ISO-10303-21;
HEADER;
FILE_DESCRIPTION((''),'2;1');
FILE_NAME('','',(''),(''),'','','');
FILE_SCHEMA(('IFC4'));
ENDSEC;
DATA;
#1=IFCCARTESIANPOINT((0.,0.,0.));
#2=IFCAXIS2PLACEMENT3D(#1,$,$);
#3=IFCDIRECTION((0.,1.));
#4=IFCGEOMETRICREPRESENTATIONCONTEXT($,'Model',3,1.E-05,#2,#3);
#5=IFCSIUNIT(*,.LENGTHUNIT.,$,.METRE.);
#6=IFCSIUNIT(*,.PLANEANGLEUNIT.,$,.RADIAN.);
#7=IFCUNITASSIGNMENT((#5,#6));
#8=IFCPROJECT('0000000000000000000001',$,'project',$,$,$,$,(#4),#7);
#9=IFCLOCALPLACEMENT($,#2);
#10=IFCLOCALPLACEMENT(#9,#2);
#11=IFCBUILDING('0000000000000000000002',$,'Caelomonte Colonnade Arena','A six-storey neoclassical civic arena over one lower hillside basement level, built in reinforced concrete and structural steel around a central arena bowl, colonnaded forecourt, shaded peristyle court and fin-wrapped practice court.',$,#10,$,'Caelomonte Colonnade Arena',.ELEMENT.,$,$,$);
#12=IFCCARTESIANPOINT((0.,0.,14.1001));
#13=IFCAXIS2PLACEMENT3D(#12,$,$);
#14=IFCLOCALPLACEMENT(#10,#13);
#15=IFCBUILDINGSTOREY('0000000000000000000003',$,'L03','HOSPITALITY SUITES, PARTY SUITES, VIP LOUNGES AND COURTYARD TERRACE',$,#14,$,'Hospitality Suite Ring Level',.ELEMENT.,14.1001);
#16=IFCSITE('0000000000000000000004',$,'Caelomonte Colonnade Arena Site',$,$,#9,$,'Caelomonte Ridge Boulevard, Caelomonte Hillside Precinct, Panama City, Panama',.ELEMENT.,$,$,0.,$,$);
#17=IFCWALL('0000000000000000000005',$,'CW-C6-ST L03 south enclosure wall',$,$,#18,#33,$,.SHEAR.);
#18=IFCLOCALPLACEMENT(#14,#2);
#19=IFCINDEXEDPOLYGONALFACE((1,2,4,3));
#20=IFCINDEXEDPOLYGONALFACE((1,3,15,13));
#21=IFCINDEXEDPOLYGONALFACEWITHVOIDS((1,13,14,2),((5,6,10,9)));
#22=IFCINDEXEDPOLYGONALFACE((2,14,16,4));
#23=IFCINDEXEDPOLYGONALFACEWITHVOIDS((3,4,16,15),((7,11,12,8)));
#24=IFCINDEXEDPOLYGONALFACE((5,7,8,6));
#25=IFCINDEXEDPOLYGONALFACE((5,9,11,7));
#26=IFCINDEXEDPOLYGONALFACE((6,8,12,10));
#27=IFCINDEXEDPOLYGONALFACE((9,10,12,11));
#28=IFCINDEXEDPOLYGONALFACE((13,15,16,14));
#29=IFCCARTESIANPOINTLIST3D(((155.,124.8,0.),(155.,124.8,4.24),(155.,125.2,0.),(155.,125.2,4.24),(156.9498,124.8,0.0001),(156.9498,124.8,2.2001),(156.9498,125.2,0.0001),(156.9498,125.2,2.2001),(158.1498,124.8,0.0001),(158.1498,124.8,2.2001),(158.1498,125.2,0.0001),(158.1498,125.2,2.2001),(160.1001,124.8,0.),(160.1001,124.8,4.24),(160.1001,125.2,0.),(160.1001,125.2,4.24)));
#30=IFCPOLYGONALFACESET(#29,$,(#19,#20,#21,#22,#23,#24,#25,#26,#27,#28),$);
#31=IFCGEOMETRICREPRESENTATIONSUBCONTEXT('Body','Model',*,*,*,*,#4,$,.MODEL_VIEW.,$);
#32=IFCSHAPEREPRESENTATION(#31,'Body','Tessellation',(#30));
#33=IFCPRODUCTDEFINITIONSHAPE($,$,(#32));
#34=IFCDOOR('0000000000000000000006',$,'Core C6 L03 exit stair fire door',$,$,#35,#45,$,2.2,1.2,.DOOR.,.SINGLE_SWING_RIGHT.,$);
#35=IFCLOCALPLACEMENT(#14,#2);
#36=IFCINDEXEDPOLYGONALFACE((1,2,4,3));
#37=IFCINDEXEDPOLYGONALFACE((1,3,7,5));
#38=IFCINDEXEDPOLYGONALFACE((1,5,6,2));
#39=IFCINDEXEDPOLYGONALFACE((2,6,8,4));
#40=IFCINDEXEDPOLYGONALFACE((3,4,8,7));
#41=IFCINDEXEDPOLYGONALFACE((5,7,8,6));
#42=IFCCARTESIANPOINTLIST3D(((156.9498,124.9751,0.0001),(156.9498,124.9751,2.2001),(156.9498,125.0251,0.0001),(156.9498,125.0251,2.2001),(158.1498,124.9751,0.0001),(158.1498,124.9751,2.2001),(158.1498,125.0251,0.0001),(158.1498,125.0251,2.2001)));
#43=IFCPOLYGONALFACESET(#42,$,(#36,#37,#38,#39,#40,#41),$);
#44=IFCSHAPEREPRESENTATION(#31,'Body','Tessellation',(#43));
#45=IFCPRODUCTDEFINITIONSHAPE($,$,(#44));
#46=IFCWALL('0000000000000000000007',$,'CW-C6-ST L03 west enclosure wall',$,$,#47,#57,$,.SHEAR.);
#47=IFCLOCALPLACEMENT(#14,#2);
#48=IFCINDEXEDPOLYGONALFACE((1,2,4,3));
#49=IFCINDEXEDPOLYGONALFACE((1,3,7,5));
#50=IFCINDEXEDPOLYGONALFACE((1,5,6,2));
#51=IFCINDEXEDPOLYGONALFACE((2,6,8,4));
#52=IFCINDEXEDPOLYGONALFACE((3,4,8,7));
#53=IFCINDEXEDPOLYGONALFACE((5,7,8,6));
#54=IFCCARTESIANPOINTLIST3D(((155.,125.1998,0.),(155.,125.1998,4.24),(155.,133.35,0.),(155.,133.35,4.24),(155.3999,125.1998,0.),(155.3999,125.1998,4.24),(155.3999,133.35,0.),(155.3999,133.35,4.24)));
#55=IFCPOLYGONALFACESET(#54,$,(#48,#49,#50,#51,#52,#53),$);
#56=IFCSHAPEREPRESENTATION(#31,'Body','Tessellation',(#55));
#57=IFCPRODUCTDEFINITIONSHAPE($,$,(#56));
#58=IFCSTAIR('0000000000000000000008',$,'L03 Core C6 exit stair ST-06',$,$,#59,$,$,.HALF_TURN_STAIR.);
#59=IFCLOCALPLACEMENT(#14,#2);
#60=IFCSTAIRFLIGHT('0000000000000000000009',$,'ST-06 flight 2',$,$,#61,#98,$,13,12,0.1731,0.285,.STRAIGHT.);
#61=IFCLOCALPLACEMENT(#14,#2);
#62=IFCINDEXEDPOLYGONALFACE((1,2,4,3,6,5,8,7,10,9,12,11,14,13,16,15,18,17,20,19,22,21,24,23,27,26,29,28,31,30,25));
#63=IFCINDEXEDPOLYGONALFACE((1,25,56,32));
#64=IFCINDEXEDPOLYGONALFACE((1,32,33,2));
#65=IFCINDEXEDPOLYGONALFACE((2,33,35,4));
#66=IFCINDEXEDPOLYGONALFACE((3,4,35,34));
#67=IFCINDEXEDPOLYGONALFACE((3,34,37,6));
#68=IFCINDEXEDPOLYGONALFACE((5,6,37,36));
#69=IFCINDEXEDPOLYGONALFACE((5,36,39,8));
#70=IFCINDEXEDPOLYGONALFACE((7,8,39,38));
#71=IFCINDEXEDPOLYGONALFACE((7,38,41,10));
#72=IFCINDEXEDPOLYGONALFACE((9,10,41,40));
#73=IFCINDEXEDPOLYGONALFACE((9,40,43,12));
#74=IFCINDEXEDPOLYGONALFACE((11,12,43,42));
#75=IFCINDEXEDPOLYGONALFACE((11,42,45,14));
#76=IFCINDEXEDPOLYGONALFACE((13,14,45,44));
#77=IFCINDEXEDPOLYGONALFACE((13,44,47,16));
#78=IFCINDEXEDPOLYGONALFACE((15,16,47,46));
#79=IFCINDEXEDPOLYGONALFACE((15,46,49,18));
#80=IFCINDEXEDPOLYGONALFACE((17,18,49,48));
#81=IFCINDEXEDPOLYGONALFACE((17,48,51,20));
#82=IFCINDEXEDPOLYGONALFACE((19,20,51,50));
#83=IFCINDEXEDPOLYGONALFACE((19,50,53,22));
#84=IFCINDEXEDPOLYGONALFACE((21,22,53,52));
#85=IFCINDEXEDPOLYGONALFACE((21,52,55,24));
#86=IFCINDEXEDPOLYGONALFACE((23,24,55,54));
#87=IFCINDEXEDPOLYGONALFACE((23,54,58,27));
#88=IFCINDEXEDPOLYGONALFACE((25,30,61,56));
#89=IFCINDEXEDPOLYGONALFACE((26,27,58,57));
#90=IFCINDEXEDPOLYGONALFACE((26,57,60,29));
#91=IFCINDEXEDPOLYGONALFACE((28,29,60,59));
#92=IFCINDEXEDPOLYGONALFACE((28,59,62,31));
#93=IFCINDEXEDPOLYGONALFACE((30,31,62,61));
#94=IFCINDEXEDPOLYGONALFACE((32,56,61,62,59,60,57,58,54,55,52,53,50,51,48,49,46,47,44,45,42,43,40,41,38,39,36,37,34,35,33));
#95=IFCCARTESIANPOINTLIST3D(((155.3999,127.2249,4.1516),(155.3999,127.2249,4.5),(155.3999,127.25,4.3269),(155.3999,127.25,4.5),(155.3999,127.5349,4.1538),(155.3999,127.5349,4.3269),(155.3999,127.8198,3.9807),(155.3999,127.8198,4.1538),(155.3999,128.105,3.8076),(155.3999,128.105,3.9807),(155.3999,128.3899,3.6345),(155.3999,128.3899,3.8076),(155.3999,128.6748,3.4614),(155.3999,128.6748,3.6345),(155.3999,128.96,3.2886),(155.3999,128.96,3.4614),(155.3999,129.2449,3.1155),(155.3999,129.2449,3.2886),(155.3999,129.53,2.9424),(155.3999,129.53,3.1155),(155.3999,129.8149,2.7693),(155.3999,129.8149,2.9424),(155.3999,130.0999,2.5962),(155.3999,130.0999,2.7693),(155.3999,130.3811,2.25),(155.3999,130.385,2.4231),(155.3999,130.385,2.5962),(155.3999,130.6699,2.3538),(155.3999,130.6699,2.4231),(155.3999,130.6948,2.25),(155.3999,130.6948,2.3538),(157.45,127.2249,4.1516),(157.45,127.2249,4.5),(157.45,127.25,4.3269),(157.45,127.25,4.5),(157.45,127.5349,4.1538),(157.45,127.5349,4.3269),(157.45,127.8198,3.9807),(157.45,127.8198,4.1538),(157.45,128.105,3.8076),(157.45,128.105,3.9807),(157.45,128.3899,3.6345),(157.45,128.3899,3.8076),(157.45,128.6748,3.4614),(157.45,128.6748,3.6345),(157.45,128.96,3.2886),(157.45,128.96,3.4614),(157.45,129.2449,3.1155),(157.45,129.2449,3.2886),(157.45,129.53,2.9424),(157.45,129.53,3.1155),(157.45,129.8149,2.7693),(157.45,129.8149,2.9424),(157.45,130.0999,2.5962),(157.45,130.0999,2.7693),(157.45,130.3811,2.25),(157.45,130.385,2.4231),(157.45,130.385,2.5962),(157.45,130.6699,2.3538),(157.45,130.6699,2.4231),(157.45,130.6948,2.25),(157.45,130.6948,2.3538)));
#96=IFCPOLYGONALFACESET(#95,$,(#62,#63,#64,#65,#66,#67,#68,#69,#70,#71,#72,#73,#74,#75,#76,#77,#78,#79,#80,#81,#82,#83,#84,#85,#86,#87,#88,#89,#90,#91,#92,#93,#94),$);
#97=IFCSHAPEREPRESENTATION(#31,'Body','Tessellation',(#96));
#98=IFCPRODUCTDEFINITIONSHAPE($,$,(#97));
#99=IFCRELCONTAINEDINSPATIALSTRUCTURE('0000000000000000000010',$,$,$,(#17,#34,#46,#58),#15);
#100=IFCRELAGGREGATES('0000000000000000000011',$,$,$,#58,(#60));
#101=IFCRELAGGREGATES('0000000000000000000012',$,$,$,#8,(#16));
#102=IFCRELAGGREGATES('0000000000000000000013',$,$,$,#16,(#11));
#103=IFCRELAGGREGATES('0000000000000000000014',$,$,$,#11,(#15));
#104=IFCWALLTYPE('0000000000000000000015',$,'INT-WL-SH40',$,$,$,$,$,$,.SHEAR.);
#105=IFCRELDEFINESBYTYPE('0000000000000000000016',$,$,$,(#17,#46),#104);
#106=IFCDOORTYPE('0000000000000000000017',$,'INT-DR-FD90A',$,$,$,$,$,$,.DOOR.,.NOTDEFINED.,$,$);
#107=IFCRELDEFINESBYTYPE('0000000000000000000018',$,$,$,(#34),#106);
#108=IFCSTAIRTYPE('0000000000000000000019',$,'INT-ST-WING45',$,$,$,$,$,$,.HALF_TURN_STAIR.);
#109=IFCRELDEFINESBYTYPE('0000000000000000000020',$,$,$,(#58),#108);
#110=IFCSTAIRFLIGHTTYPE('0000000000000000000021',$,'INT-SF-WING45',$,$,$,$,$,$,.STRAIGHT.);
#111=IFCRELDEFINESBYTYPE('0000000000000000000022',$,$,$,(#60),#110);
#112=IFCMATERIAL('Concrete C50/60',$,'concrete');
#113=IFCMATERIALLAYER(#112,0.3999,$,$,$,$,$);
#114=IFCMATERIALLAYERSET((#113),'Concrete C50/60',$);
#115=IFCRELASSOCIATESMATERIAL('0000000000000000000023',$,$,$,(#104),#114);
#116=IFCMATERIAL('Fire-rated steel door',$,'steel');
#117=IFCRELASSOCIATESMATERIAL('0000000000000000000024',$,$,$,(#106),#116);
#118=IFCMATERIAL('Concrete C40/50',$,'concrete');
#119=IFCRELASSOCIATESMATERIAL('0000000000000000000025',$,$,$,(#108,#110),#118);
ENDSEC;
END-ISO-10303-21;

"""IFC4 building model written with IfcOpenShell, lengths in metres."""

from ifc_helpers import new_model, si_unit, direction, frame, frame_2d, origin, place, context, subcontext, project, spatial, polyline, rectangle, outline, extrude, material, layer, layer_set, type_object, element, fill, aggregate, save


model = new_model("IFC4")

# Units and contexts
model_context = context("Model", 3, precision=1e-05, world=origin(), true_north=direction((0.0, 1.0)))
body_context = subcontext(model_context, "Body", "Model", "MODEL_VIEW")
ifc_project = project(units=[si_unit("LENGTHUNIT", "METRE"), si_unit("PLANEANGLEUNIT", "RADIAN")], contexts=[model_context])

# Site, building, storey
site_placement = place(None, origin())
site = spatial("IfcSite", under=ifc_project, at=site_placement, Name="Caelomonte Colonnade Arena Site", LongName="Caelomonte Ridge Boulevard, Caelomonte Hillside Precinct, Panama City, Panama", CompositionType="ELEMENT", RefElevation=0.0)
building_placement = place(site_placement, origin())
building = spatial("IfcBuilding", under=site, at=building_placement, Name="Caelomonte Colonnade Arena", Description="A six-storey neoclassical civic arena over one lower hillside basement level, built in reinforced concrete and structural steel around a central arena bowl, colonnaded forecourt, shaded peristyle court and fin-wrapped practice court.", LongName="Caelomonte Colonnade Arena", CompositionType="ELEMENT")
storey_placement = place(building_placement, frame((0.0, 0.0, 14.1001)))
storey = spatial("IfcBuildingStorey", under=building, at=storey_placement, Name="L03", Description="HOSPITALITY SUITES, PARTY SUITES, VIP LOUNGES AND COURTYARD TERRACE", LongName="Hospitality Suite Ring Level", CompositionType="ELEMENT", Elevation=14.1001)

# Shared definitions
ifc_material_1 = material(Name="Concrete C40/50", Category="concrete")

# Wall, opening, door
ifc_material_2 = material(Name="Concrete C50/60", Category="concrete")
ifc_layer_1 = layer(ifc_material_2, 0.3999)
ifc_layer_set_1 = layer_set([ifc_layer_1], Name="Concrete C50/60")
wall_type = type_object("IfcWallType", Name="INT-WL-SH40", PredefinedType="SHEAR", material=ifc_layer_set_1)
wall_1_placement = place(storey_placement, frame((155.0, 125.0, 0.0), z_axis=(0.0, 0.0, 1.0), x_axis=(1.0, 0.0, 0.0)))
wall_1 = element("IfcWall", 1, at=wall_1_placement, inside=storey, type_object=wall_type, Name="CW-C6-ST L03 south enclosure wall", PredefinedType="SHEAR", context=body_context, shape_type="SweptSolid", body=[
    extrude(rectangle(XDim=5.1001, YDim=0.3999, at=frame_2d((2.55, 0.0))), origin(), (0.0, 0.0, 1.0), 4.24),
])
opening_placement = place(wall_1_placement, frame((3.1499, 0.0, 0.0), z_axis=(0.0, 0.0, 1.0), x_axis=(-1.0, 0.0, 0.0)))
opening = element("IfcOpeningElement", 2, at=opening_placement, cuts=wall_1, PredefinedType="OPENING", context=body_context, shape_type="SweptSolid", body=[
    extrude(rectangle(XDim=1.2, YDim=2.2, at=frame_2d((0.6001, 1.1001))), frame((0.0, 0.21, 0.0), z_axis=(0.0, -1.0, 0.0), x_axis=(1.0, 0.0, 0.0)), (0.0, 0.0, 1.0), 0.4199),
])
ifc_material_3 = material(Name="Fire-rated steel door", Category="steel")
door_type = type_object("IfcDoorType", Name="INT-DR-FD90A", OperationType="NOTDEFINED", PredefinedType="DOOR", material=ifc_material_3)
door_placement = place(opening_placement, origin())
door = element("IfcDoor", 3, at=door_placement, inside=storey, type_object=door_type, Name="Core C6 L03 exit stair fire door", OperationType="SINGLE_SWING_RIGHT", OverallHeight=2.2, OverallWidth=1.2, PredefinedType="DOOR", context=body_context, shape_type="SweptSolid", body=[
    extrude(rectangle(XDim=1.2, YDim=2.2, at=frame_2d((0.6001, 1.1001))), frame((0.0, 0.0249, 0.0), z_axis=(0.0, -1.0, 0.0), x_axis=(1.0, 0.0, 0.0)), (0.0, 0.0, 1.0), 0.05),
])
fill(opening, door)

# Wall
wall_2_placement = place(storey_placement, frame((155.2, 133.3501, 0.0), z_axis=(0.0, 0.0, 1.0), x_axis=(0.0, -1.0, 0.0)))
element("IfcWall", 4, at=wall_2_placement, inside=storey, type_object=wall_type, Name="CW-C6-ST L03 west enclosure wall", PredefinedType="SHEAR", context=body_context, shape_type="SweptSolid", body=[
    extrude(rectangle(XDim=8.1501, YDim=0.3999, at=frame_2d((4.0752, 0.0))), origin(), (0.0, 0.0, 1.0), 4.24),
])

# Stair, stair flight
stair_type = type_object("IfcStairType", Name="INT-ST-WING45", PredefinedType="HALF_TURN_STAIR", material=ifc_material_1)
stair_placement = place(storey_placement, origin())
stair = element("IfcStair", 5, at=stair_placement, inside=storey, type_object=stair_type, Name="L03 Core C6 exit stair ST-06", PredefinedType="HALF_TURN_STAIR")
stair_flight_type = type_object("IfcStairFlightType", Name="INT-SF-WING45", PredefinedType="STRAIGHT", material=ifc_material_1)
stair_flight_placement = place(storey_placement, frame((156.425, 130.6699, 2.25), z_axis=(0.0, 0.0, 1.0), x_axis=(0.0, -1.0, 0.0)))
stair_flight = element("IfcStairFlight", 6, at=stair_flight_placement, type_object=stair_flight_type, Name="ST-06 flight 2", NumberOfRisers=13, NumberOfTreads=12, PredefinedType="STRAIGHT", RiserHeight=0.1731, TreadLength=0.285, context=body_context, shape_type="SweptSolid", body=[
    extrude(outline(polyline([(-0.0249, 0.0), (-0.0249, 0.1038), (0.0, 0.1038), (0.0, 0.1731), (0.2849, 0.1731), (0.2849, 0.3462), (0.5701, 0.3462), (0.5701, 0.5193), (0.855, 0.5193), (0.855, 0.6924), (1.1399, 0.6924), (1.1399, 0.8655), (1.425, 0.8655), (1.425, 1.0386), (1.71, 1.0386), (1.71, 1.2114), (1.9951, 1.2114), (1.9951, 1.3845), (2.28, 1.3845), (2.28, 1.5576), (2.5649, 1.5576), (2.5649, 1.7307), (2.8501, 1.7307), (2.8501, 1.9038), (3.135, 1.9038), (3.135, 2.0769), (3.4199, 2.0769), (3.4199, 2.25), (3.4451, 2.25), (3.4451, 1.9016), (0.2888, 0.0), (-0.0249, 0.0)])), frame((0.0, 1.0249, 0.0), z_axis=(0.0, -1.0, 0.0), x_axis=(1.0, 0.0, 0.0)), (0.0, 0.0, 1.0), 2.05),
])
aggregate(stair, [stair_flight])

save(model, "model.ifc")
